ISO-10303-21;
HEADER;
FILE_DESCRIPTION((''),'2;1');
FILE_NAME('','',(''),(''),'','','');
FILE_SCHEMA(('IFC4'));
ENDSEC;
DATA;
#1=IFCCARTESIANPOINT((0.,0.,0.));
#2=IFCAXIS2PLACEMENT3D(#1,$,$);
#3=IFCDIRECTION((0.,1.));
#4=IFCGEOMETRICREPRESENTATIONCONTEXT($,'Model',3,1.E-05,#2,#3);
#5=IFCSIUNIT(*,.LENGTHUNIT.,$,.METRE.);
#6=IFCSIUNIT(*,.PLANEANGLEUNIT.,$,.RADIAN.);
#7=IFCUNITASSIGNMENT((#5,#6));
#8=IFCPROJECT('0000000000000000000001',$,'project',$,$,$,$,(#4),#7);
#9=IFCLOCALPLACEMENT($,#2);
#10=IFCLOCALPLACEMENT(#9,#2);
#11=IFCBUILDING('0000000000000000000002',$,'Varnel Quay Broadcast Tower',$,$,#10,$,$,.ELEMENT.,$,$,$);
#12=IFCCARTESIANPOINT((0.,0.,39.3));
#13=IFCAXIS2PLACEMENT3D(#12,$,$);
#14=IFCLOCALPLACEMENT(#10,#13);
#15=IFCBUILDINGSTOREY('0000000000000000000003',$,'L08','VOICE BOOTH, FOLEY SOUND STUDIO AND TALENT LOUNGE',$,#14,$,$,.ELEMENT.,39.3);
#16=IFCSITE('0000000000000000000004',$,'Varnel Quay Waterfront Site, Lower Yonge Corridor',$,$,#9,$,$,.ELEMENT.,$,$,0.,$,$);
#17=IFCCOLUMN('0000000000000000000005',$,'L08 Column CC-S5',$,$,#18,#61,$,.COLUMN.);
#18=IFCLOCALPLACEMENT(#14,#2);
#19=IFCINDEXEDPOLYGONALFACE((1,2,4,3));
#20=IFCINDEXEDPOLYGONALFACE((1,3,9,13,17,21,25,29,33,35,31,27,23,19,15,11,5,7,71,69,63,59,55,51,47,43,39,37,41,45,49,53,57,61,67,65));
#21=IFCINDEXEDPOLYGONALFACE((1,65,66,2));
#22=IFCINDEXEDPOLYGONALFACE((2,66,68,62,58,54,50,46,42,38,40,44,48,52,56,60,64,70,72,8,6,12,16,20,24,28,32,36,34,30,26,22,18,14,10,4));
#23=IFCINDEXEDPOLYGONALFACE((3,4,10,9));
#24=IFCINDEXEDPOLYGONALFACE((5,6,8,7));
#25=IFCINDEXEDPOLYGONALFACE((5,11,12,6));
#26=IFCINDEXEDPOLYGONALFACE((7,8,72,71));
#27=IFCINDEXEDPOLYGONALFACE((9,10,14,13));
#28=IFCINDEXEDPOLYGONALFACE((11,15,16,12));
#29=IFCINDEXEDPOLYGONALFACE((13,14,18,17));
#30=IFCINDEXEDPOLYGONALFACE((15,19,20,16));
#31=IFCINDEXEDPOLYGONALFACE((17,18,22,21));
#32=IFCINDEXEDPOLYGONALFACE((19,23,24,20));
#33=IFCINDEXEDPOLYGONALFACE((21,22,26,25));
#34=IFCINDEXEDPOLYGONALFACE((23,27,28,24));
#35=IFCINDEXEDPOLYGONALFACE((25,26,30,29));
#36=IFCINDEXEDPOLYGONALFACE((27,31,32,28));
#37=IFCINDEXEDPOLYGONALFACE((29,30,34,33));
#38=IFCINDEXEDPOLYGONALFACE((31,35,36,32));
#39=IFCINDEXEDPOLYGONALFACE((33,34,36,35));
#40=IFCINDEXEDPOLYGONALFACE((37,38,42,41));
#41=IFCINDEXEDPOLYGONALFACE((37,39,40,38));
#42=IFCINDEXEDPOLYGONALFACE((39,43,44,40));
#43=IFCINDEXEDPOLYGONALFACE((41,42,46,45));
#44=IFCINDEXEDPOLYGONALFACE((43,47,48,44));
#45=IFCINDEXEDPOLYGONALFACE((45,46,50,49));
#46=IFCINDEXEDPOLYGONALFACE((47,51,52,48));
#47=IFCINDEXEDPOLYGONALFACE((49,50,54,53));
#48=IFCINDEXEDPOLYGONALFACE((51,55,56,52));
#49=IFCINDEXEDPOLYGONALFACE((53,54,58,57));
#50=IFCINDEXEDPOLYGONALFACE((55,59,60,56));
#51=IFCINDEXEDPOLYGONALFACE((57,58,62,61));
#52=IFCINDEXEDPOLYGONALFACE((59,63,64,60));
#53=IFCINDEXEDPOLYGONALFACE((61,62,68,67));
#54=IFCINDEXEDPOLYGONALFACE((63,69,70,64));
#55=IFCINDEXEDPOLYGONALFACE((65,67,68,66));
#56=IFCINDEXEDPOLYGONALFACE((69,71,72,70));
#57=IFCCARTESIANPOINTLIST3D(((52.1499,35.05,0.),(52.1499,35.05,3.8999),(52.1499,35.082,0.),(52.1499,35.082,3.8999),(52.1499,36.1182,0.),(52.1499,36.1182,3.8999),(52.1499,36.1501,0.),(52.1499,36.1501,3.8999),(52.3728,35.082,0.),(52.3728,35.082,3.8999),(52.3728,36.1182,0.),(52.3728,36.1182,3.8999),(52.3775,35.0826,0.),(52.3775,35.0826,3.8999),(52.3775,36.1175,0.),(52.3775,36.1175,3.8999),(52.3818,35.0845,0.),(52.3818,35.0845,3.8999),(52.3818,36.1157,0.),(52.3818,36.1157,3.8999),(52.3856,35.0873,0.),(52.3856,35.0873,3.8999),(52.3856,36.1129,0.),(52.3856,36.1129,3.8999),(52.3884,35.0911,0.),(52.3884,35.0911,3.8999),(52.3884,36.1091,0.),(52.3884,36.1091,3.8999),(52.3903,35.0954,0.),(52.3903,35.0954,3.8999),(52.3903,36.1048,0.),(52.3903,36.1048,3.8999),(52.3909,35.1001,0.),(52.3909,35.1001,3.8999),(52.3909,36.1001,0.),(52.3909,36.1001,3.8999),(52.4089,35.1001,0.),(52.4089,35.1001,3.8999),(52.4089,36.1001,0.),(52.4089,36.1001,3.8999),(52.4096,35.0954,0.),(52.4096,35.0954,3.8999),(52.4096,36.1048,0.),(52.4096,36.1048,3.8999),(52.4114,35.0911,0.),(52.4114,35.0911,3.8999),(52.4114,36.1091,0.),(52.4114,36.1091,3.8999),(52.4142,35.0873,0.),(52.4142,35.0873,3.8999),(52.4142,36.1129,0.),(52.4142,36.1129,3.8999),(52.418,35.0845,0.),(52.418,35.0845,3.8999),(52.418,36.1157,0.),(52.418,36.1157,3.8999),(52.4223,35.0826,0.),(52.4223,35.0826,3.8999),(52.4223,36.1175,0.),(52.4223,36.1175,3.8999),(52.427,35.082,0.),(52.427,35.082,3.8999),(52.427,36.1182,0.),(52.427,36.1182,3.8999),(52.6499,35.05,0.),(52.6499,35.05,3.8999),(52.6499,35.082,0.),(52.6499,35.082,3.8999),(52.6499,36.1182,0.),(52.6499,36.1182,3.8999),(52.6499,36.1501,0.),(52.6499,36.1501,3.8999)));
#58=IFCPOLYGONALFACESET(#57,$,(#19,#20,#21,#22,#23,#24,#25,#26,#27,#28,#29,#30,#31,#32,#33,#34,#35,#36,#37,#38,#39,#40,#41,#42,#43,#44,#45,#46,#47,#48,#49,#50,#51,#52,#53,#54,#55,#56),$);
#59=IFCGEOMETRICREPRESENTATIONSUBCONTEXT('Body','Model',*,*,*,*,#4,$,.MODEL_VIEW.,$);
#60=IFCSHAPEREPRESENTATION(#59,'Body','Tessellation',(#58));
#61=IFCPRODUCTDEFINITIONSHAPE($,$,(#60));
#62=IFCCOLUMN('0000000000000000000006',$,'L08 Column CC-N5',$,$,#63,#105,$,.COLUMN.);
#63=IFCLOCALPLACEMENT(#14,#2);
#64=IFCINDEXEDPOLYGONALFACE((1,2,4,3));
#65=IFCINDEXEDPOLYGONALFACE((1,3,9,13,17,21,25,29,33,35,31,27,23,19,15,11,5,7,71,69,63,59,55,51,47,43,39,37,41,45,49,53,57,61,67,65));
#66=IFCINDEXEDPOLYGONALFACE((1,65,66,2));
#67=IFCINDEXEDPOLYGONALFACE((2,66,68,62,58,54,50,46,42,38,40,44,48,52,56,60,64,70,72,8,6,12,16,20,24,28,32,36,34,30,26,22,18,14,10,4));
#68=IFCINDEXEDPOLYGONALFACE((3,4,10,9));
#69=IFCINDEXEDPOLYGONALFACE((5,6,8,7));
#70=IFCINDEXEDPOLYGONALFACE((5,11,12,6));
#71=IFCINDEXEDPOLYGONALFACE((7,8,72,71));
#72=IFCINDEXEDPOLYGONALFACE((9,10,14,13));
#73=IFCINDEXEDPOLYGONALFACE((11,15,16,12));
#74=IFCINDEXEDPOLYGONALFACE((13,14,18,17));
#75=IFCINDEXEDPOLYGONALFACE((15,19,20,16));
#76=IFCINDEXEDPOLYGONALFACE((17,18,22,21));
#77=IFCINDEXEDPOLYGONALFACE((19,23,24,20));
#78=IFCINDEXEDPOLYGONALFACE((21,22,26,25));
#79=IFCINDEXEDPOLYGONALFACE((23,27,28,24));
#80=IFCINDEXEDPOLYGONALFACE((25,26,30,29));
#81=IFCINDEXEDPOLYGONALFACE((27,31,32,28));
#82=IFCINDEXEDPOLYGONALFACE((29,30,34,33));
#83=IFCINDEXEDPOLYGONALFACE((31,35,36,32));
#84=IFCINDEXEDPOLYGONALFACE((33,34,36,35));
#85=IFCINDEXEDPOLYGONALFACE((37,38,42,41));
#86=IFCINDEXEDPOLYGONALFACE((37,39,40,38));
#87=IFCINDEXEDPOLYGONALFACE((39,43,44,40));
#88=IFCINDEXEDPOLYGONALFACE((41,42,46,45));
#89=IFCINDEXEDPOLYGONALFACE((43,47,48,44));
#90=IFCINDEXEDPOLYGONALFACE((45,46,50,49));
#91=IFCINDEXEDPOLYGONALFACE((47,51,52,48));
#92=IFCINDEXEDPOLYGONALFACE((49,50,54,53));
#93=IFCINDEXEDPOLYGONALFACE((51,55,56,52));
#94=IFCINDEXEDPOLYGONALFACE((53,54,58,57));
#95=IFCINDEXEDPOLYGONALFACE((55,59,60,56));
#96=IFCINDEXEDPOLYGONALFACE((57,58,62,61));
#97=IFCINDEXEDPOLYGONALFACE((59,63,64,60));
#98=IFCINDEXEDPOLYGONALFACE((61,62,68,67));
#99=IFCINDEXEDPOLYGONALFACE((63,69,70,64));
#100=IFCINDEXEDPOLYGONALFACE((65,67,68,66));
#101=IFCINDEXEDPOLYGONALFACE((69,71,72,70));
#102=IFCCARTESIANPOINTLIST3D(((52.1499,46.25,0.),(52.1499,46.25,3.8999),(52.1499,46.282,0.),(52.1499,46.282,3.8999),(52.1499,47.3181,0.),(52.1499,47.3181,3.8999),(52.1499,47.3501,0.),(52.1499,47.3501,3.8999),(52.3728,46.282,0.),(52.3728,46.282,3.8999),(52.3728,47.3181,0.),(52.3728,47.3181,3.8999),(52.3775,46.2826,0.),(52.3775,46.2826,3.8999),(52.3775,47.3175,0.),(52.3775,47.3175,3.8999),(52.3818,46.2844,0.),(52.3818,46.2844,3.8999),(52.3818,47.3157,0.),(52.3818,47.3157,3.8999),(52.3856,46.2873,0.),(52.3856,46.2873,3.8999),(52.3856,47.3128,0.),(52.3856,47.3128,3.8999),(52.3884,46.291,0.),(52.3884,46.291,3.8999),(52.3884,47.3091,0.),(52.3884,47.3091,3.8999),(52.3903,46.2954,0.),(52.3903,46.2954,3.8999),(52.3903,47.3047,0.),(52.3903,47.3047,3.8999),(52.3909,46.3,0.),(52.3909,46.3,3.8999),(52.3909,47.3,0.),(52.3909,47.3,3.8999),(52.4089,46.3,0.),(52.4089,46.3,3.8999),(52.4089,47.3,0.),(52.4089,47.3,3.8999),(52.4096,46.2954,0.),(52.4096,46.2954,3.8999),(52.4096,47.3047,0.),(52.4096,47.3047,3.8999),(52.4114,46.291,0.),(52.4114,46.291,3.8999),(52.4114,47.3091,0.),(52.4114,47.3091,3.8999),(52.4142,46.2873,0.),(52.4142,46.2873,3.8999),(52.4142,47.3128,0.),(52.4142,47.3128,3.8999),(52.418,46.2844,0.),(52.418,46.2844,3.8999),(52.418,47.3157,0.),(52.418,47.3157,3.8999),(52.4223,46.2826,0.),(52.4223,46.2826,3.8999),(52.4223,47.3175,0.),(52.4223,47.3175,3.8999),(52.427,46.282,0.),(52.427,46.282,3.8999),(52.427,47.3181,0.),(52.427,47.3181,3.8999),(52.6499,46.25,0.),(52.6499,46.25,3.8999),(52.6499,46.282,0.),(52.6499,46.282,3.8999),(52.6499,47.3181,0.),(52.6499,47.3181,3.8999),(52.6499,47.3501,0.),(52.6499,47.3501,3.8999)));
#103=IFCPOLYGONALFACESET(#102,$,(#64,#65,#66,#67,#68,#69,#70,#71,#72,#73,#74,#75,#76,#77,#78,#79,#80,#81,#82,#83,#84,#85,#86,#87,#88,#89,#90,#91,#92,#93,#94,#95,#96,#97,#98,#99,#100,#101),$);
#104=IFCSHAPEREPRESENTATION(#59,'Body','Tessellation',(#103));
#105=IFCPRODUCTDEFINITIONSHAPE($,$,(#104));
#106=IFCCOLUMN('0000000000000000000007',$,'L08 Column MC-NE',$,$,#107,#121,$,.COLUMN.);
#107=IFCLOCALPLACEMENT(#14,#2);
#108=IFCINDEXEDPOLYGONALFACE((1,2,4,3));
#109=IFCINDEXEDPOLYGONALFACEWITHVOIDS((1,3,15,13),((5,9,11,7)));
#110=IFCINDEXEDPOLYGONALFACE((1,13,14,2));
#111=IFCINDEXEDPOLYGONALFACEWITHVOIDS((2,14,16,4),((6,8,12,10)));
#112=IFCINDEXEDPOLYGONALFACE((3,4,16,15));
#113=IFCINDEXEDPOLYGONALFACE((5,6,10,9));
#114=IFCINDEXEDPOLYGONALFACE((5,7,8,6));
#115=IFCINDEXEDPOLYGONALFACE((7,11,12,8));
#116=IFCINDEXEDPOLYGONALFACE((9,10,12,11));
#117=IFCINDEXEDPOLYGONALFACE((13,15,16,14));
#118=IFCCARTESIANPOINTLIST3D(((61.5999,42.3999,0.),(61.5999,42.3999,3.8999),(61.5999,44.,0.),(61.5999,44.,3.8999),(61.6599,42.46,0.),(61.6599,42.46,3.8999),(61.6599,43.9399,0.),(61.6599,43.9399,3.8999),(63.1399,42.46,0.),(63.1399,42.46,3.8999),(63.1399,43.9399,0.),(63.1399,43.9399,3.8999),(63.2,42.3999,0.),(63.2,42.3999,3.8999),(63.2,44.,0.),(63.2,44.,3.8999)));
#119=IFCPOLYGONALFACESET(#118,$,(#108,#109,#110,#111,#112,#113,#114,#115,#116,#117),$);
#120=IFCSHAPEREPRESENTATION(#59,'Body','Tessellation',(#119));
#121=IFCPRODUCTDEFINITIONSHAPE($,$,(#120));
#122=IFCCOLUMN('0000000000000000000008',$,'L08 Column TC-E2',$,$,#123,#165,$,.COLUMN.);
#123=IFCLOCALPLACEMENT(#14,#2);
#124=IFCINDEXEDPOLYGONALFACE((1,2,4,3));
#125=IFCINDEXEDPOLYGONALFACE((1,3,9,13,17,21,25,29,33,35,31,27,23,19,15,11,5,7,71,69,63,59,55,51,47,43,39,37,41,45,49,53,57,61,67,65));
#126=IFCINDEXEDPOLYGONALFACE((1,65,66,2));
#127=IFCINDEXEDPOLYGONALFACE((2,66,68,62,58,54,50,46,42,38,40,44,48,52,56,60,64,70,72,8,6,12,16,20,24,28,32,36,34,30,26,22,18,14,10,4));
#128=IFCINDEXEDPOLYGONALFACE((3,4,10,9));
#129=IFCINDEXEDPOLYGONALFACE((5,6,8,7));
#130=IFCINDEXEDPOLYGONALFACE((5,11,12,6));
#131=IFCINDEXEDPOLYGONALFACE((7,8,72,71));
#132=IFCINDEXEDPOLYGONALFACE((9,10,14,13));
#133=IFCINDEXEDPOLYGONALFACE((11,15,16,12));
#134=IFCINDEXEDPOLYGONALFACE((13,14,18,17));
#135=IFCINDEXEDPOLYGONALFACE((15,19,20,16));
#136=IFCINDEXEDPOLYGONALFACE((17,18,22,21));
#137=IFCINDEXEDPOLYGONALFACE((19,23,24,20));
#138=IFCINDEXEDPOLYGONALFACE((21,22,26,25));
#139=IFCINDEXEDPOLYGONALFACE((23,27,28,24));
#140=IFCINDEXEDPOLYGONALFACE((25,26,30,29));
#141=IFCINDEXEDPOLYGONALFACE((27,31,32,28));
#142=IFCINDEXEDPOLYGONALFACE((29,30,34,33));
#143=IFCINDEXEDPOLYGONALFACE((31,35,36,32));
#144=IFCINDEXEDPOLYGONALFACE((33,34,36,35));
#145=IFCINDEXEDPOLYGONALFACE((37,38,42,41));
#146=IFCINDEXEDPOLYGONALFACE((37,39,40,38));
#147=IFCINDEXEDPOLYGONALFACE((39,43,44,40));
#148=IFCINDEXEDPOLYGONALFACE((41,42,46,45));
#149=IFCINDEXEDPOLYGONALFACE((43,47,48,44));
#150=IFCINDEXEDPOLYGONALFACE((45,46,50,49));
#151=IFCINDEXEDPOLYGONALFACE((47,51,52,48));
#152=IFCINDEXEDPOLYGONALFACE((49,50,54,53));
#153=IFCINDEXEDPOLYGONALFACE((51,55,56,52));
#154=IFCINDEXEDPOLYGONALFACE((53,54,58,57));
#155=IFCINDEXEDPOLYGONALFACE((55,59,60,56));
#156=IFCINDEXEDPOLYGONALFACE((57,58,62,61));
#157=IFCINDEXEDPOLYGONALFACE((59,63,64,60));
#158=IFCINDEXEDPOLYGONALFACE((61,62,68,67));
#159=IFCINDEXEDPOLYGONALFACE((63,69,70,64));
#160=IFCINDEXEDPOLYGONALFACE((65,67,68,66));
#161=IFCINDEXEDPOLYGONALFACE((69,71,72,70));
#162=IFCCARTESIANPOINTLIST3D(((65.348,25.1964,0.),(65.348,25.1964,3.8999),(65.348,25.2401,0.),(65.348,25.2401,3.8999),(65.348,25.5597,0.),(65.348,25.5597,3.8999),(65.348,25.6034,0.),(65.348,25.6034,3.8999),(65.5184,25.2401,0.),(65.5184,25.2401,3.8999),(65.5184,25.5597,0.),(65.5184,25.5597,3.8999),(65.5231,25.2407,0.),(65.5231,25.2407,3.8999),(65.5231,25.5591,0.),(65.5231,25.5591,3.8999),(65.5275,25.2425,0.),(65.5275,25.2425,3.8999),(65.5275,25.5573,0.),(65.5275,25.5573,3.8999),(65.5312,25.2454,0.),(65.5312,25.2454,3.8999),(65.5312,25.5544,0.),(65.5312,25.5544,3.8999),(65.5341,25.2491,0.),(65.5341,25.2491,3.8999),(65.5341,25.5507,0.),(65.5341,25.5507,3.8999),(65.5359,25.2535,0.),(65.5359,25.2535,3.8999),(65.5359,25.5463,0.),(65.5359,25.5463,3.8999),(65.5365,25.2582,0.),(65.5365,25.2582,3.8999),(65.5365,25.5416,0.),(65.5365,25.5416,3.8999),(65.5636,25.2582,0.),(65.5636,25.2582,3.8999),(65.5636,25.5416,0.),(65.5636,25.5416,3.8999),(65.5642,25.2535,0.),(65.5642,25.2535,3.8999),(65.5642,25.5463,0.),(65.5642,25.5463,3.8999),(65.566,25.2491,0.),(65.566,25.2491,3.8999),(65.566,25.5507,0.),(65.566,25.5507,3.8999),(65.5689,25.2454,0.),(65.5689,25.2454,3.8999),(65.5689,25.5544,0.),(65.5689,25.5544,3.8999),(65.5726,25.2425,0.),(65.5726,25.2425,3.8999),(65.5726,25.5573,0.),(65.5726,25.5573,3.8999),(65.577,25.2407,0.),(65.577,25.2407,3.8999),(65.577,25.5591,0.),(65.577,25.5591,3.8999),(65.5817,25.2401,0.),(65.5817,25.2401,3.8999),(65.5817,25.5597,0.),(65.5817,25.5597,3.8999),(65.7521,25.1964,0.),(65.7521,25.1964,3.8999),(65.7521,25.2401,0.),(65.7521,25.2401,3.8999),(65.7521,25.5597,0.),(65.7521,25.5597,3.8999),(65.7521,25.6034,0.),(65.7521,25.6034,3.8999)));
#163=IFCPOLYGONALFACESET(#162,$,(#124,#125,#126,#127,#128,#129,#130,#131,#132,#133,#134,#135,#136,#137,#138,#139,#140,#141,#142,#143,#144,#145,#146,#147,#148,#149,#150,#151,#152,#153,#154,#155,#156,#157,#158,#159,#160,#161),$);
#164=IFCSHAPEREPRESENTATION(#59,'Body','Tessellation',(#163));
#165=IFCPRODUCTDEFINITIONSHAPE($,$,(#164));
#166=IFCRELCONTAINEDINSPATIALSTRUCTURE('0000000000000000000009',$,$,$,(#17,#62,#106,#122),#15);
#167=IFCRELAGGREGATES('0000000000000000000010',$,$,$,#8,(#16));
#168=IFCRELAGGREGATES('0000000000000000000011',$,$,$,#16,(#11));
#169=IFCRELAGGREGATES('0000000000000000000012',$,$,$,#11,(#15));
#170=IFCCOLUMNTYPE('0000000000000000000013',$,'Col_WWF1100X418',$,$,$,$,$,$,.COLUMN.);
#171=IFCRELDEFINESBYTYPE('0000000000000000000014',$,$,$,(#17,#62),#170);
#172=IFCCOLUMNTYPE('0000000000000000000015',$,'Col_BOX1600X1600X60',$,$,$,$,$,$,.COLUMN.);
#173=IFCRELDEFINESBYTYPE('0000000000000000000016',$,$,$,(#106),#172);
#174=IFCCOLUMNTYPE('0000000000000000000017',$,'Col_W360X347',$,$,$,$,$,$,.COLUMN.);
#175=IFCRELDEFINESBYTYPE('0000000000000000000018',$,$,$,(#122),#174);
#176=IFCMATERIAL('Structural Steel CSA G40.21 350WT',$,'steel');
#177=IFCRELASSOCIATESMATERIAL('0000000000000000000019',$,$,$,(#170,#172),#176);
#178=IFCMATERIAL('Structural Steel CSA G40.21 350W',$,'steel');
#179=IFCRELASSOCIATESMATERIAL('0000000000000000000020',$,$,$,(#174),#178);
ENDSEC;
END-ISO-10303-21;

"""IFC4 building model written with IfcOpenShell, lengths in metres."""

from ifc_helpers import new_model, si_unit, direction, frame, origin, origin_2d, place, context, subcontext, project, spatial, hollow_rectangle, i_section, extrude, source, transform, mapped, material, material_profile, profile_set, type_object, type_shapes, element, save


model = new_model("IFC4")

# Units and contexts
model_context = context("Model", 3, precision=1e-05, world=origin(), true_north=direction((0.0, 1.0)))
body_context = subcontext(model_context, "Body", "Model", "MODEL_VIEW")
ifc_project = project(units=[si_unit("LENGTHUNIT", "METRE"), si_unit("PLANEANGLEUNIT", "RADIAN")], contexts=[model_context])

# Site, building, storey
site_placement = place(None, origin())
site = spatial("IfcSite", under=ifc_project, at=site_placement, Name="Varnel Quay Waterfront Site, Lower Yonge Corridor", CompositionType="ELEMENT", RefElevation=0.0)
building_placement = place(site_placement, origin())
building = spatial("IfcBuilding", under=site, at=building_placement, Name="Varnel Quay Broadcast Tower", CompositionType="ELEMENT")
storey_placement = place(building_placement, frame((0.0, 0.0, 39.3)))
storey = spatial("IfcBuildingStorey", under=building, at=storey_placement, Name="L08", Description="VOICE BOOTH, FOLEY SOUND STUDIO AND TALENT LOUNGE", CompositionType="ELEMENT", Elevation=39.3)

# Columns
ifc_material_1 = material(Name="Structural Steel CSA G40.21 350WT", Category="steel")
ifc_material_profile_1 = material_profile(ifc_material_1, i_section(OverallWidth=0.5, OverallDepth=1.1001, WebThickness=0.0181, FlangeThickness=0.032, FilletRadius=0.0181, at=origin_2d()), Name="WWF1100X418")
ifc_profile_set_1 = profile_set([ifc_material_profile_1], Name="Structural Steel CSA G40.21 350WT")
column_type_1 = type_object("IfcColumnType", Name="Col_WWF1100X418", PredefinedType="COLUMN", material=ifc_profile_set_1)
shared_shape_1 = source(origin(), body_context, "Body", "SweptSolid", [
    extrude(i_section(OverallWidth=0.5, OverallDepth=1.1001, WebThickness=0.0181, FlangeThickness=0.032, FilletRadius=0.0181, at=origin_2d()), origin(), (0.0, 0.0, 1.0), 3.8999),
])
type_shapes(column_type_1, [shared_shape_1])
for number, where, z_axis, x_axis, name in (
    (1, (52.3999, 35.6001, 0.0), (0.0, 0.0, 1.0), (1.0, 0.0, 0.0), "L08 Column CC-S5"),
    (2, (52.3999, 46.8, 0.0), (0.0, 0.0, 1.0), (1.0, 0.0, 0.0), "L08 Column CC-N5"),
):
    element("IfcColumn", number, at=place(storey_placement, frame(where, z_axis=z_axis, x_axis=x_axis)), inside=storey, type_object=column_type_1, Name=name, PredefinedType="COLUMN", context=body_context, shape_type="MappedRepresentation", body=[
        mapped(shared_shape_1, transform((0.0, 0.0, 0.0), x_axis=(1.0, 0.0, 0.0), y_axis=(0.0, 1.0, 0.0), z_axis=(0.0, 0.0, 1.0), scale=1.0)),
    ])
ifc_material_profile_2 = material_profile(ifc_material_1, hollow_rectangle(XDim=1.6001, YDim=1.6001, WallThickness=0.0601, at=origin_2d()), Name="BOX1600X1600X60")
ifc_profile_set_2 = profile_set([ifc_material_profile_2], Name="Structural Steel CSA G40.21 350WT")
column_type_2 = type_object("IfcColumnType", Name="Col_BOX1600X1600X60", PredefinedType="COLUMN", material=ifc_profile_set_2)
shared_shape_2 = source(origin(), body_context, "Body", "SweptSolid", [
    extrude(hollow_rectangle(XDim=1.6001, YDim=1.6001, WallThickness=0.0601, at=origin_2d()), origin(), (0.0, 0.0, 1.0), 3.8999),
])
type_shapes(column_type_2, [shared_shape_2])
column_placement = place(storey_placement, frame((62.3999, 43.2, 0.0), z_axis=(0.0, 0.0, 1.0), x_axis=(1.0, 0.0, 0.0)))
element("IfcColumn", 3, at=column_placement, inside=storey, type_object=column_type_2, Name="L08 Column MC-NE", PredefinedType="COLUMN", context=body_context, shape_type="MappedRepresentation", body=[
    mapped(shared_shape_2, transform((0.0, 0.0, 0.0), x_axis=(1.0, 0.0, 0.0), y_axis=(0.0, 1.0, 0.0), z_axis=(0.0, 0.0, 1.0), scale=1.0)),
])
ifc_material_2 = material(Name="Structural Steel CSA G40.21 350W", Category="steel")
ifc_material_profile_3 = material_profile(ifc_material_2, i_section(OverallWidth=0.4041, OverallDepth=0.407, WebThickness=0.0271, FlangeThickness=0.0437, FilletRadius=0.0181, at=origin_2d()), Name="W360X347")
ifc_profile_set_3 = profile_set([ifc_material_profile_3], Name="Structural Steel CSA G40.21 350W")
column_type_3 = type_object("IfcColumnType", Name="Col_W360X347", PredefinedType="COLUMN", material=ifc_profile_set_3)
shared_shape_3 = source(origin(), body_context, "Body", "SweptSolid", [
    extrude(i_section(OverallWidth=0.4041, OverallDepth=0.407, WebThickness=0.0271, FlangeThickness=0.0437, FilletRadius=0.0181, at=origin_2d()), origin(), (0.0, 0.0, 1.0), 3.8999),
])
type_shapes(column_type_3, [shared_shape_3])
for number, where, z_axis, x_axis, name in (
    (4, (65.55, 25.3999, 0.0), (0.0, 0.0, 1.0), (1.0, 0.0, 0.0), "L08 Column TC-E2"),
):
    element("IfcColumn", number, at=place(storey_placement, frame(where, z_axis=z_axis, x_axis=x_axis)), inside=storey, type_object=column_type_3, Name=name, PredefinedType="COLUMN", context=body_context, shape_type="MappedRepresentation", body=[
        mapped(shared_shape_3, transform((0.0, 0.0, 0.0), x_axis=(1.0, 0.0, 0.0), y_axis=(0.0, 1.0, 0.0), z_axis=(0.0, 0.0, 1.0), scale=1.0)),
    ])

save(model, "model.ifc")
